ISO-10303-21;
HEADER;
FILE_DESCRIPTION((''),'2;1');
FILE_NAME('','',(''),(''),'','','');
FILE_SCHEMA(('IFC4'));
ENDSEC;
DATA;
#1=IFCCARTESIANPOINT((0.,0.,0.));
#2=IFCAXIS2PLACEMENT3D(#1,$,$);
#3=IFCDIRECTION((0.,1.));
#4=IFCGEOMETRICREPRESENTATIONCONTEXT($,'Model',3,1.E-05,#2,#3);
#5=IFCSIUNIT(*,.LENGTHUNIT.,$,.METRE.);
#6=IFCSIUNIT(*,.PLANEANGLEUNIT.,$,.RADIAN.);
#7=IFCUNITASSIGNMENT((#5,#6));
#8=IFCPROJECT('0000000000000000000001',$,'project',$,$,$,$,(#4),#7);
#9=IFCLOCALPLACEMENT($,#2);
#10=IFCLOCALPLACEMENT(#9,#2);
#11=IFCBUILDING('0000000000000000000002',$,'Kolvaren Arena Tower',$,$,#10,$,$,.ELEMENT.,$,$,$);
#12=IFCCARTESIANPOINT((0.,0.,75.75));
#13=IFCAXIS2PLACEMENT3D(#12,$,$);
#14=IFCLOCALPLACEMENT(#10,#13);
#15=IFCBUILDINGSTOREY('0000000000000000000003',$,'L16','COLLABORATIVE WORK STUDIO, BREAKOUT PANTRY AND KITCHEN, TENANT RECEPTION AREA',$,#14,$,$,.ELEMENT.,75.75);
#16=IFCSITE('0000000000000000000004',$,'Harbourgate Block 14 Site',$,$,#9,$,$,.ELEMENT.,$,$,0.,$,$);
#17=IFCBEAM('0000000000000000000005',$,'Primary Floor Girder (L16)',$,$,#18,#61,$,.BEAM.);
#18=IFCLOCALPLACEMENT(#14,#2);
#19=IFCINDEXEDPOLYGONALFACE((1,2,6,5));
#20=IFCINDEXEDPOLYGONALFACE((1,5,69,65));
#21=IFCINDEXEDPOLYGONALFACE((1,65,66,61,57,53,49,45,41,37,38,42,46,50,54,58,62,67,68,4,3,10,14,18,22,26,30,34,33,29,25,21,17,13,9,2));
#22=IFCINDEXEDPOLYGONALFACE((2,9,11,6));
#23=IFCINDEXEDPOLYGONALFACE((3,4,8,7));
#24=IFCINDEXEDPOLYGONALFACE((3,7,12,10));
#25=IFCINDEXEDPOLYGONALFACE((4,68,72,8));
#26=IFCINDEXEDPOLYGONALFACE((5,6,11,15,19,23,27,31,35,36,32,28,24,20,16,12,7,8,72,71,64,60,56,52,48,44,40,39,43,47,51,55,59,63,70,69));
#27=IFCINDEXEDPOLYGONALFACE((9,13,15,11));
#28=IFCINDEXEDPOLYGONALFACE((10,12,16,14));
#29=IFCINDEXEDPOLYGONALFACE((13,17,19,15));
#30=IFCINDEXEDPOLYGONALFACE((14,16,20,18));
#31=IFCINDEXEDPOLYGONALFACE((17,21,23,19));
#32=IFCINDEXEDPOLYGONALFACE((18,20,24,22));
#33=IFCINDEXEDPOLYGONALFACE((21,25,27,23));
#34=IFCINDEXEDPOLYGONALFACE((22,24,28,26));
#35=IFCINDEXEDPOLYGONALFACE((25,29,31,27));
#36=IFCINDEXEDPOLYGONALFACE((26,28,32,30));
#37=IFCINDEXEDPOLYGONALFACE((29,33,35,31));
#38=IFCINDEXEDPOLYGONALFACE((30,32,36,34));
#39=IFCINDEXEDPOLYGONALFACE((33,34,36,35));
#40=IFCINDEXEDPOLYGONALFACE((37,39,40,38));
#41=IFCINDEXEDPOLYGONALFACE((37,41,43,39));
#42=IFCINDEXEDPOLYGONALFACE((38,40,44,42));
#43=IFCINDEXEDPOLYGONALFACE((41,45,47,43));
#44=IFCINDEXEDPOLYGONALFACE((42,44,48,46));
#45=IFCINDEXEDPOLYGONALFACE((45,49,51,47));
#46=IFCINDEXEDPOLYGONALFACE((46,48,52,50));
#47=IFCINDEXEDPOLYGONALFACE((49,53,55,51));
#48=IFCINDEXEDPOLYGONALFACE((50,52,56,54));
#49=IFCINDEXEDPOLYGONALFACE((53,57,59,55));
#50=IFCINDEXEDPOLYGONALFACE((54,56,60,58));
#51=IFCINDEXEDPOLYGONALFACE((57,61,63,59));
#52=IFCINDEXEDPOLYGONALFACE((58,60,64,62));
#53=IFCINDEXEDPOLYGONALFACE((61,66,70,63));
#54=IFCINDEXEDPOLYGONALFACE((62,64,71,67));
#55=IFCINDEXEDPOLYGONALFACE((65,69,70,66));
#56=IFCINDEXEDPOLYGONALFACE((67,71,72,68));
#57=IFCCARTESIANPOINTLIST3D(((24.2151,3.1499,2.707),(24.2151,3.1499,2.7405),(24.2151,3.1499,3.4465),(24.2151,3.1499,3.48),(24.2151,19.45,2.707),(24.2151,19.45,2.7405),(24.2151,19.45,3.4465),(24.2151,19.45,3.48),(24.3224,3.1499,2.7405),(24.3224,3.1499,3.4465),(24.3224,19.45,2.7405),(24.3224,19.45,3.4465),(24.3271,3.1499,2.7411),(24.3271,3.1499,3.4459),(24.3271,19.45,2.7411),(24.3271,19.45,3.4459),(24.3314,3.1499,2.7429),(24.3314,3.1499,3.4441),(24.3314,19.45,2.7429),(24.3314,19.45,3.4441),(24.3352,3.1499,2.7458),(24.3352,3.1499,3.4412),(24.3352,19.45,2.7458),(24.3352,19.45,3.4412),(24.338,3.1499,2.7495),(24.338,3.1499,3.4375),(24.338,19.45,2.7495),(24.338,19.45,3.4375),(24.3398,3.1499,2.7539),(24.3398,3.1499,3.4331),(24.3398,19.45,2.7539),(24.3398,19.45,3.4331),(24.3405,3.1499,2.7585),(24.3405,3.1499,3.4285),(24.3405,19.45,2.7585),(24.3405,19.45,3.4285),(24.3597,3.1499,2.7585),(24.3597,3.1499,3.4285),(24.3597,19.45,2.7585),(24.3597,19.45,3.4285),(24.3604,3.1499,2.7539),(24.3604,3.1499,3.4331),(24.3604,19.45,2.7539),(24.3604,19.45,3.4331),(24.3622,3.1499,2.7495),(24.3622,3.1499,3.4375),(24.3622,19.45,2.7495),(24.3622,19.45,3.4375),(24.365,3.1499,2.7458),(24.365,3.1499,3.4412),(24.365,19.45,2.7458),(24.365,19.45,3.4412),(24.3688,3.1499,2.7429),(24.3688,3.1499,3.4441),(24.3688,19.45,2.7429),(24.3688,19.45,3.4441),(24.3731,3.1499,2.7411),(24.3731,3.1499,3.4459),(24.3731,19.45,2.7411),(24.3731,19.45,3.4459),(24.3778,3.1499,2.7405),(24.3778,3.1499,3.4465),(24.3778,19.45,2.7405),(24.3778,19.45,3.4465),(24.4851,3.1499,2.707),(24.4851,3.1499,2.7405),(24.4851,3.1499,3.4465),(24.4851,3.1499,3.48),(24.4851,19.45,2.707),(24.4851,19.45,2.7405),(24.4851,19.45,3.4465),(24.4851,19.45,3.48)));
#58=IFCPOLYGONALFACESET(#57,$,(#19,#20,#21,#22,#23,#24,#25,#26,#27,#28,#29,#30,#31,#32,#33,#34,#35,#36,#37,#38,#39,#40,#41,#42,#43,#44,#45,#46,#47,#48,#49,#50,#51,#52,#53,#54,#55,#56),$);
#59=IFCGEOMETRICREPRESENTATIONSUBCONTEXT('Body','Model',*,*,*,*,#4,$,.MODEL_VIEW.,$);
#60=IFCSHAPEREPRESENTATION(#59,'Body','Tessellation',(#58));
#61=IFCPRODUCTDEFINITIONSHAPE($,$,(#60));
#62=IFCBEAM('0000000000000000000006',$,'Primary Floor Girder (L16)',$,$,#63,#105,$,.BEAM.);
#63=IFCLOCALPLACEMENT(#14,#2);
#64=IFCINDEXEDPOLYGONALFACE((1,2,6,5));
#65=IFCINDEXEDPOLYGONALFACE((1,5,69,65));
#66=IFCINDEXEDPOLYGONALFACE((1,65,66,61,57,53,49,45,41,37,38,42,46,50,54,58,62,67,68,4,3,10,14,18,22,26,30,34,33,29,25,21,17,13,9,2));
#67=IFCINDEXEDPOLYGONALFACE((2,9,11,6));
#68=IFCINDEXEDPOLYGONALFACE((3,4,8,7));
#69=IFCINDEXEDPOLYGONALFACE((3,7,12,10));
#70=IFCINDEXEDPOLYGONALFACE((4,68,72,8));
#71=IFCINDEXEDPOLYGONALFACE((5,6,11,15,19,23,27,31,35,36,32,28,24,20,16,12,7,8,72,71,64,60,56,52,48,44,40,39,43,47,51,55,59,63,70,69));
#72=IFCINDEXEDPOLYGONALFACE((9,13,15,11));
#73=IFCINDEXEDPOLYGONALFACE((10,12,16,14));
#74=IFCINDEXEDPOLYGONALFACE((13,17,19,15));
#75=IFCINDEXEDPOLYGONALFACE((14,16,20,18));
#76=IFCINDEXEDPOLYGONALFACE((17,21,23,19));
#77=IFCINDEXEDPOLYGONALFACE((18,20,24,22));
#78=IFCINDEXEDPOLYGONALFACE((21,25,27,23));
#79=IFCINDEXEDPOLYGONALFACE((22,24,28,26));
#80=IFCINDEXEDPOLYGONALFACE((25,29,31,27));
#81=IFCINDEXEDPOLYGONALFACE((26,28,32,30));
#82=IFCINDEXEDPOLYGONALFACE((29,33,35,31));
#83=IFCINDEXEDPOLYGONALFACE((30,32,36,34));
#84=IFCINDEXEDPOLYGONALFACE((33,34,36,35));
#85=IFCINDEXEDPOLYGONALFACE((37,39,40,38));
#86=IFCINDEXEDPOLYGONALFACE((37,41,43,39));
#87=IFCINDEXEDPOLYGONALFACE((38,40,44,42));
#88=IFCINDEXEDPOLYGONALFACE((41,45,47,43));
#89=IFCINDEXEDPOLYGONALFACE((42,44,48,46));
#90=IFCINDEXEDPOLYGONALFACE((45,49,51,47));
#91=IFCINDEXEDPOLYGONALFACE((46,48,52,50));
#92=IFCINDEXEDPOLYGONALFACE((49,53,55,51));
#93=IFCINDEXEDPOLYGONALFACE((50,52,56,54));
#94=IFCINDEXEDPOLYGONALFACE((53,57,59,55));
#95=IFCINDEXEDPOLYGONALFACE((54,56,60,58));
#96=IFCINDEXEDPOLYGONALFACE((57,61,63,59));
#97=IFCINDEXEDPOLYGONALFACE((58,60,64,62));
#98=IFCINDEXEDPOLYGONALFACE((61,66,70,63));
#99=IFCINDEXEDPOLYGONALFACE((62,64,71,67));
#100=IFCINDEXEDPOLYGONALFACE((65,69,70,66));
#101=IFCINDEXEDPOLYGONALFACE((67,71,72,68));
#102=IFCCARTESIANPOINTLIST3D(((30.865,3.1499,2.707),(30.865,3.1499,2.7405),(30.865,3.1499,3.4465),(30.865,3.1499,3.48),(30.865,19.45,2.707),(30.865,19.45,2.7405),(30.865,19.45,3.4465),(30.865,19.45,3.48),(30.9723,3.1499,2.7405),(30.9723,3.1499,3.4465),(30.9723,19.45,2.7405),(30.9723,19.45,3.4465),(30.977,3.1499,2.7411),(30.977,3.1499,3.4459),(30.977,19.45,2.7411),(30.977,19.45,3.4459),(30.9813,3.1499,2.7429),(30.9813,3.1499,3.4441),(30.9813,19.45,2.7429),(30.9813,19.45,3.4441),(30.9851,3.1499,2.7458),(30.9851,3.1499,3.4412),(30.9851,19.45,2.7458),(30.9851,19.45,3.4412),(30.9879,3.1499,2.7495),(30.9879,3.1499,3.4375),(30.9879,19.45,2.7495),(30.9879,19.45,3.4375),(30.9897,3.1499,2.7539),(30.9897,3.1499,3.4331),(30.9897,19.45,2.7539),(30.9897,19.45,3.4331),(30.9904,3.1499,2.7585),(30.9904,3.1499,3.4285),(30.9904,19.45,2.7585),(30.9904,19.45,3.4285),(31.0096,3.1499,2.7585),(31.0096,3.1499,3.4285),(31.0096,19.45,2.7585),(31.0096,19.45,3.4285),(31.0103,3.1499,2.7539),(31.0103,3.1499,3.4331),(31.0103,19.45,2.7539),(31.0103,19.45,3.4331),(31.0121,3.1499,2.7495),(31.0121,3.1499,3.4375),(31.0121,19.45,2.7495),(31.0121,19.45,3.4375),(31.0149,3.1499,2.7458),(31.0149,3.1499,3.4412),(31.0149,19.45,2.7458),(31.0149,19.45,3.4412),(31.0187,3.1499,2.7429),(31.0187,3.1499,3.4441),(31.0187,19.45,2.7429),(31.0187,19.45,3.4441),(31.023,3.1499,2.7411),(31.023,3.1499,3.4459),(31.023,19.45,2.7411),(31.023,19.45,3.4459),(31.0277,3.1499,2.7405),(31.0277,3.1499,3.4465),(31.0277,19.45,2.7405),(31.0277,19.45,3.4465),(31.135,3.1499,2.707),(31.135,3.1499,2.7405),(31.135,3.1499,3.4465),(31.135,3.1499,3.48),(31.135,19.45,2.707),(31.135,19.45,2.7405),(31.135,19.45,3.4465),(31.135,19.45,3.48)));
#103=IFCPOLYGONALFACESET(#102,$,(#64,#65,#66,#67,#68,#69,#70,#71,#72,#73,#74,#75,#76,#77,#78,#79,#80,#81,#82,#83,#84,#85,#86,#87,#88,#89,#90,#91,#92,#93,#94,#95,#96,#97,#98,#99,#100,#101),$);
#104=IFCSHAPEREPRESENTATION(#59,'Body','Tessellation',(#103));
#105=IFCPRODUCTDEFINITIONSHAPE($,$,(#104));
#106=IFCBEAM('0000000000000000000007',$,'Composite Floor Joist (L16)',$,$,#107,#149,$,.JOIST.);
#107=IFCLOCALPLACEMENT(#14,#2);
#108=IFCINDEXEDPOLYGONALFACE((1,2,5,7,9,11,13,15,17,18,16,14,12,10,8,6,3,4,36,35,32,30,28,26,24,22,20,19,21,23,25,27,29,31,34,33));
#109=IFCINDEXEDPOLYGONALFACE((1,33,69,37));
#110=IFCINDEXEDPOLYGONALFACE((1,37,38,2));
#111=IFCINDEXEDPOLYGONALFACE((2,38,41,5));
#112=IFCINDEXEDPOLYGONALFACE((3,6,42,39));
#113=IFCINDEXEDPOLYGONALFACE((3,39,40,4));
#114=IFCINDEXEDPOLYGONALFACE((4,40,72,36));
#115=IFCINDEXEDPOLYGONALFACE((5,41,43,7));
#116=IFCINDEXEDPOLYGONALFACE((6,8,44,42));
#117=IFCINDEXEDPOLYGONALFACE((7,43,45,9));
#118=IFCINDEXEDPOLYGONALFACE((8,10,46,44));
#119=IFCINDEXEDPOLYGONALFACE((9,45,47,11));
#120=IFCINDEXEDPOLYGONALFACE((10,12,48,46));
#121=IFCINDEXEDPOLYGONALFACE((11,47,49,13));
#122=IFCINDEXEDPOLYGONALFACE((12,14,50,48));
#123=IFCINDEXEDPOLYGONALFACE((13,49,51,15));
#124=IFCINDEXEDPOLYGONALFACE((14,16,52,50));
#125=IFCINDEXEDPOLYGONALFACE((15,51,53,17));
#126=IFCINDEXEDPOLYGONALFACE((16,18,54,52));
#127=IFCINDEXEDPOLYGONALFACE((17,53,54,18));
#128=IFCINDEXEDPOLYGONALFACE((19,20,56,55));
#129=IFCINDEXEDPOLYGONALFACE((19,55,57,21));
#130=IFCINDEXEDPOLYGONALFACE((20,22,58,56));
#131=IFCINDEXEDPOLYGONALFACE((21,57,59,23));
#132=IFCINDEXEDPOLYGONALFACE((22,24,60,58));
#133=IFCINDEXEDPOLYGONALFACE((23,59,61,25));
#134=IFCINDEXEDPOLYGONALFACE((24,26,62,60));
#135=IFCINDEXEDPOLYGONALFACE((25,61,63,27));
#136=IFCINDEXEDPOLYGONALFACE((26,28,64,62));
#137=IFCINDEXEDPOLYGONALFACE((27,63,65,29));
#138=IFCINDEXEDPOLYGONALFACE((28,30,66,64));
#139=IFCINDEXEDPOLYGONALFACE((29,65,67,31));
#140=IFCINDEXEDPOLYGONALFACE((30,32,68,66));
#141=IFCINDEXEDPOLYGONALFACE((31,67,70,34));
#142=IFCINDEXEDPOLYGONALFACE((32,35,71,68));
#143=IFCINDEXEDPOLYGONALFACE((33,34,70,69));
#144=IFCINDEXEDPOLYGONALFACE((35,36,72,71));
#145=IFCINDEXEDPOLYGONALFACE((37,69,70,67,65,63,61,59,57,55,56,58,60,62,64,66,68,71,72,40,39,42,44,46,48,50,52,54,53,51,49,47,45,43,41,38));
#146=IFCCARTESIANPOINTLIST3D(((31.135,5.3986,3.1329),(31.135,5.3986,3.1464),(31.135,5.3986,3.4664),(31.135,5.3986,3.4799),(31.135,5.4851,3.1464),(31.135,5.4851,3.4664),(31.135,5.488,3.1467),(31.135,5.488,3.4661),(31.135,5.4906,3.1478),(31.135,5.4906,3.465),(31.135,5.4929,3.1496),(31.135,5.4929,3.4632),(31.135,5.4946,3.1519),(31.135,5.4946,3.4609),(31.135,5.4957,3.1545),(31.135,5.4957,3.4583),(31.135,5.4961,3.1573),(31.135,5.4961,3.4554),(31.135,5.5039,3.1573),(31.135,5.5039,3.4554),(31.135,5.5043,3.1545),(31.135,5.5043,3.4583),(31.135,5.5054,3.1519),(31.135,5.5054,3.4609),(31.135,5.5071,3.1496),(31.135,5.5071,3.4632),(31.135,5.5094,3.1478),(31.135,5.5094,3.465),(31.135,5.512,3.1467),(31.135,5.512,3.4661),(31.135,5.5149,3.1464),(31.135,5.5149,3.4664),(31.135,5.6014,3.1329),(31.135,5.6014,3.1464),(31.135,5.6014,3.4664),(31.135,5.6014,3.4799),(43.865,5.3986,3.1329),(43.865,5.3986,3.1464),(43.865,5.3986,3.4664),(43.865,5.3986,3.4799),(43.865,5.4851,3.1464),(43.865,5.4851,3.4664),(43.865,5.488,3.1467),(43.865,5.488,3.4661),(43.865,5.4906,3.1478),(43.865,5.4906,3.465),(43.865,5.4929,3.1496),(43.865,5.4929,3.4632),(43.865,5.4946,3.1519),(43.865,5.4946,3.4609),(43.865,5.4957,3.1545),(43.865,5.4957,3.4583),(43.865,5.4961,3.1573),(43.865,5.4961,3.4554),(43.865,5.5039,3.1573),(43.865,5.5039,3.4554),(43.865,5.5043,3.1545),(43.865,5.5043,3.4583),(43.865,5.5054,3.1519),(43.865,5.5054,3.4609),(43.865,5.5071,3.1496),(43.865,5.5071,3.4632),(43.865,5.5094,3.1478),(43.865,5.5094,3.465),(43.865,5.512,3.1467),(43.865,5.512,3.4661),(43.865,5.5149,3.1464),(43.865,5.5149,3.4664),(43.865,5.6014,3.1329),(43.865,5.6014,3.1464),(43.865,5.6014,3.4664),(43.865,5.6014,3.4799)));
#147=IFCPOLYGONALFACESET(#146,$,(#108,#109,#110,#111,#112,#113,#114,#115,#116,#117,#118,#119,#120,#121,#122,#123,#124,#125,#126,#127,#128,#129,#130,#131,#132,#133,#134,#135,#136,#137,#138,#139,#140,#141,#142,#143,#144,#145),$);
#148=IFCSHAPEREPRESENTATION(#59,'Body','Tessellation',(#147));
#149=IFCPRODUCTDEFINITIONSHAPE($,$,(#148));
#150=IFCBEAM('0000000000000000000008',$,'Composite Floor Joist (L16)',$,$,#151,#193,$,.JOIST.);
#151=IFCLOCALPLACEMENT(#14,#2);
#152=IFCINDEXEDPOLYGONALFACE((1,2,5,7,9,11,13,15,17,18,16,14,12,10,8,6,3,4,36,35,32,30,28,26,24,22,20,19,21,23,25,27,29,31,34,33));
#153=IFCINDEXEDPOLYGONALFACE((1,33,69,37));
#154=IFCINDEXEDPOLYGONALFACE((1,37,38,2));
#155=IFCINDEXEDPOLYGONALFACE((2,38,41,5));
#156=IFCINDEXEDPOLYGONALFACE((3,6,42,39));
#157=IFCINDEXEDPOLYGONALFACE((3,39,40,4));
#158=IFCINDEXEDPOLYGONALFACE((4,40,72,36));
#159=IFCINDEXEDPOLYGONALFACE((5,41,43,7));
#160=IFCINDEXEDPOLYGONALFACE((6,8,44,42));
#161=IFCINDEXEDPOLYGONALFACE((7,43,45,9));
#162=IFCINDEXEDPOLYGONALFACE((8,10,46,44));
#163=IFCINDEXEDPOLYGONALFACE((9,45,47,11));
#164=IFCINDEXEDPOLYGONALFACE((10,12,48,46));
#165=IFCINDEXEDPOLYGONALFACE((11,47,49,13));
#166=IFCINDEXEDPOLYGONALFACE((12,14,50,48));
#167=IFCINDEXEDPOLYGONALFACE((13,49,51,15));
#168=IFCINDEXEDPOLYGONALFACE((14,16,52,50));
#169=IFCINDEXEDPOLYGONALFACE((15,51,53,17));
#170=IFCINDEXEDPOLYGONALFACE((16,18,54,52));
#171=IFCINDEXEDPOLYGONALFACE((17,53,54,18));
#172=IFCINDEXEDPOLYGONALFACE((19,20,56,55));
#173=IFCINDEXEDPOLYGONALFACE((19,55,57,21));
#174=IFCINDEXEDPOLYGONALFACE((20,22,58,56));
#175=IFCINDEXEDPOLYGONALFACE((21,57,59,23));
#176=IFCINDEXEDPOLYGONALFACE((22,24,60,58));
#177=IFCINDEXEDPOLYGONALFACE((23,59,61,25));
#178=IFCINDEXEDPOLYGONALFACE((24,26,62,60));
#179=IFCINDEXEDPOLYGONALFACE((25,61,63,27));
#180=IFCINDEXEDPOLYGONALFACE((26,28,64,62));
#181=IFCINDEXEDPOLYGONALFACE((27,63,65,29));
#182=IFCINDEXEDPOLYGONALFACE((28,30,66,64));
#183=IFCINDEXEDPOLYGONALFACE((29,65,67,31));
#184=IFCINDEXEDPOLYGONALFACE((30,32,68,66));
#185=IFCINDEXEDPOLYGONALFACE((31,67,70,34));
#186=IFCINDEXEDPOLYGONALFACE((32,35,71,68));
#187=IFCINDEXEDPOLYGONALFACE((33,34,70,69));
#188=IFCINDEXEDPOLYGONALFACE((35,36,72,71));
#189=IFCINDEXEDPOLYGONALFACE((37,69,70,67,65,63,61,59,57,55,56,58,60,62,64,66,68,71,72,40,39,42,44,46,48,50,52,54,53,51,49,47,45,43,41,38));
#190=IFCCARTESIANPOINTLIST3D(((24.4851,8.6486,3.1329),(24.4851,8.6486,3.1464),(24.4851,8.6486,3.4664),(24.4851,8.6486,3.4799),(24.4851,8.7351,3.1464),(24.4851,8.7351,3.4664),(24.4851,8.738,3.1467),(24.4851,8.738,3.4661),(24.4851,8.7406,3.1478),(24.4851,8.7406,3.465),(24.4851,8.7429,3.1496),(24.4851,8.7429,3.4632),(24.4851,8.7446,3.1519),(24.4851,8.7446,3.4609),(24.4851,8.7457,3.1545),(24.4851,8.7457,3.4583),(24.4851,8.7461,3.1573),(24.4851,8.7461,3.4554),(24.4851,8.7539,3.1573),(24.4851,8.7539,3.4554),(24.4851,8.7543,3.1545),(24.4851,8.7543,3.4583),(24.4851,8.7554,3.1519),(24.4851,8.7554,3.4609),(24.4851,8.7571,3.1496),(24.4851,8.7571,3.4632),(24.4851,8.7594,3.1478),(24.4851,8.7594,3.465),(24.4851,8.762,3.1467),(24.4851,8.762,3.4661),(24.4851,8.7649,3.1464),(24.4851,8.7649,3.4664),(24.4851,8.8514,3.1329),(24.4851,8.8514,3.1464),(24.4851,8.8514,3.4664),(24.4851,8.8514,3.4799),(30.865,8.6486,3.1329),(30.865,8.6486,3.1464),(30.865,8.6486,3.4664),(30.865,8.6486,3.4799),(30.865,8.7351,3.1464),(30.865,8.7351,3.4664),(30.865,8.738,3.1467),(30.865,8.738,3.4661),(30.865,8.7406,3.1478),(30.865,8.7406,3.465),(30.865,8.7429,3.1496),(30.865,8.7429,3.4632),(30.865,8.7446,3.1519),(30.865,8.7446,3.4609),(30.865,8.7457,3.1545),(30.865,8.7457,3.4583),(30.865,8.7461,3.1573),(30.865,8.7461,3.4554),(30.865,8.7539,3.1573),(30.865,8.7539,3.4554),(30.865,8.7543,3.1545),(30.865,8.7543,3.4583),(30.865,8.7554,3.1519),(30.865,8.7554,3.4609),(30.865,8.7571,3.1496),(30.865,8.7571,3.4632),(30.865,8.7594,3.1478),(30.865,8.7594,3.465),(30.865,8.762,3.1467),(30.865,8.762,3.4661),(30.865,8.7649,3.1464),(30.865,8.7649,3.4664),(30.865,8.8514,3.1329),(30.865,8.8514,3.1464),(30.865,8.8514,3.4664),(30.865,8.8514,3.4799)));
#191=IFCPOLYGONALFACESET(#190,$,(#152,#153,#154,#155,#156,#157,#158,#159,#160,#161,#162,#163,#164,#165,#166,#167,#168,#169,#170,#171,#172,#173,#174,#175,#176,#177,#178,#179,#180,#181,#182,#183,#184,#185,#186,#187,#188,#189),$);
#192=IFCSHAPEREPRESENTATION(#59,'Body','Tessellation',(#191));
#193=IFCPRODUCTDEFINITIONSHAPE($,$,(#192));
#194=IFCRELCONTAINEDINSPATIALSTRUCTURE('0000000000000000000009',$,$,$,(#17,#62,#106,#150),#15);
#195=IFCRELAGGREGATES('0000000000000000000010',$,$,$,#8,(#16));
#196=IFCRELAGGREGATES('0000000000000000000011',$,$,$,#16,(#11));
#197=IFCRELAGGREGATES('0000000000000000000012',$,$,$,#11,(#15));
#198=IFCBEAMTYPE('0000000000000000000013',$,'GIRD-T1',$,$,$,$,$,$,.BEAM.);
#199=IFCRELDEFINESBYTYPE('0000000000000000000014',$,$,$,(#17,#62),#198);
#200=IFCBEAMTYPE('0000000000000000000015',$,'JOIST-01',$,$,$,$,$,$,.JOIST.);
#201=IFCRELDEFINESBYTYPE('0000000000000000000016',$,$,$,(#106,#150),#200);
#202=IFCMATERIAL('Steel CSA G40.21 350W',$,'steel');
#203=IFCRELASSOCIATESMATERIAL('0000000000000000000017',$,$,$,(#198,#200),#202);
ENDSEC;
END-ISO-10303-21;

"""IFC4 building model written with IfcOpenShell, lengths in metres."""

from ifc_helpers import new_model, si_unit, direction, frame, origin, origin_2d, place, context, subcontext, project, spatial, i_section, extrude, material, material_profile, profile_set, type_object, element, save


model = new_model("IFC4")

# Units and contexts
model_context = context("Model", 3, precision=1e-05, world=origin(), true_north=direction((0.0, 1.0)))
body_context = subcontext(model_context, "Body", "Model", "MODEL_VIEW")
ifc_project = project(units=[si_unit("LENGTHUNIT", "METRE"), si_unit("PLANEANGLEUNIT", "RADIAN")], contexts=[model_context])

# Site, building, storey
site_placement = place(None, origin())
site = spatial("IfcSite", under=ifc_project, at=site_placement, Name="Harbourgate Block 14 Site", CompositionType="ELEMENT", RefElevation=0.0)
building_placement = place(site_placement, origin())
building = spatial("IfcBuilding", under=site, at=building_placement, Name="Kolvaren Arena Tower", CompositionType="ELEMENT")
storey_placement = place(building_placement, frame((0.0, 0.0, 75.75)))
storey = spatial("IfcBuildingStorey", under=building, at=storey_placement, Name="L16", Description="COLLABORATIVE WORK STUDIO, BREAKOUT PANTRY AND KITCHEN, TENANT RECEPTION AREA", CompositionType="ELEMENT", Elevation=75.75)

# Beams
ifc_material_1 = material(Name="Steel CSA G40.21 350W", Category="steel")
ifc_material_profile_1 = material_profile(ifc_material_1, i_section(OverallWidth=0.27, OverallDepth=0.7729, WebThickness=0.0193, FlangeThickness=0.0334, FilletRadius=0.0181, at=origin_2d()), Name="W760x257")
ifc_profile_set_1 = profile_set([ifc_material_profile_1], Name="Steel CSA G40.21 350W")
beam_type_1 = type_object("IfcBeamType", Name="GIRD-T1", PredefinedType="BEAM", material=ifc_profile_set_1)
for number, where, z_axis, x_axis, name in (
    (1, (24.3501, 3.1499, 3.0935), (0.0, 1.0, 0.0), (-1.0, 0.0, 0.0), "Primary Floor Girder (L16)"),
    (2, (31.0, 3.1499, 3.0935), (0.0, 1.0, 0.0), (-1.0, 0.0, 0.0), "Primary Floor Girder (L16)"),
):
    element("IfcBeam", number, at=place(storey_placement, frame(where, z_axis=z_axis, x_axis=x_axis)), inside=storey, type_object=beam_type_1, Name=name, PredefinedType="BEAM", context=body_context, shape_type="SweptSolid", body=[
        extrude(i_section(OverallWidth=0.27, OverallDepth=0.7729, WebThickness=0.0193, FlangeThickness=0.0334, FilletRadius=0.0181, at=origin_2d()), origin(), (0.0, 0.0, 1.0), 16.3),
    ])
ifc_material_profile_2 = material_profile(ifc_material_1, i_section(OverallWidth=0.2029, OverallDepth=0.3469, WebThickness=0.0078, FlangeThickness=0.0134, FilletRadius=0.011, at=origin_2d()), Name="W360x64")
ifc_profile_set_2 = profile_set([ifc_material_profile_2], Name="Steel CSA G40.21 350W")
beam_type_2 = type_object("IfcBeamType", Name="JOIST-01", PredefinedType="JOIST", material=ifc_profile_set_2)
beam_1_placement = place(storey_placement, frame((31.135, 5.5, 3.3064), z_axis=(1.0, 0.0, 0.0), x_axis=(0.0, 1.0, 0.0)))
element("IfcBeam", 3, at=beam_1_placement, inside=storey, type_object=beam_type_2, Name="Composite Floor Joist (L16)", PredefinedType="JOIST", context=body_context, shape_type="SweptSolid", body=[
    extrude(i_section(OverallWidth=0.2029, OverallDepth=0.3469, WebThickness=0.0078, FlangeThickness=0.0134, FilletRadius=0.011, at=origin_2d()), origin(), (0.0, 0.0, 1.0), 12.73),
])
beam_2_placement = place(storey_placement, frame((24.4851, 8.75, 3.3064), z_axis=(1.0, 0.0, 0.0), x_axis=(0.0, 1.0, 0.0)))
element("IfcBeam", 4, at=beam_2_placement, inside=storey, type_object=beam_type_2, Name="Composite Floor Joist (L16)", PredefinedType="JOIST", context=body_context, shape_type="SweptSolid", body=[
    extrude(i_section(OverallWidth=0.2029, OverallDepth=0.3469, WebThickness=0.0078, FlangeThickness=0.0134, FilletRadius=0.011, at=origin_2d()), origin(), (0.0, 0.0, 1.0), 6.3799),
])

save(model, "model.ifc")
